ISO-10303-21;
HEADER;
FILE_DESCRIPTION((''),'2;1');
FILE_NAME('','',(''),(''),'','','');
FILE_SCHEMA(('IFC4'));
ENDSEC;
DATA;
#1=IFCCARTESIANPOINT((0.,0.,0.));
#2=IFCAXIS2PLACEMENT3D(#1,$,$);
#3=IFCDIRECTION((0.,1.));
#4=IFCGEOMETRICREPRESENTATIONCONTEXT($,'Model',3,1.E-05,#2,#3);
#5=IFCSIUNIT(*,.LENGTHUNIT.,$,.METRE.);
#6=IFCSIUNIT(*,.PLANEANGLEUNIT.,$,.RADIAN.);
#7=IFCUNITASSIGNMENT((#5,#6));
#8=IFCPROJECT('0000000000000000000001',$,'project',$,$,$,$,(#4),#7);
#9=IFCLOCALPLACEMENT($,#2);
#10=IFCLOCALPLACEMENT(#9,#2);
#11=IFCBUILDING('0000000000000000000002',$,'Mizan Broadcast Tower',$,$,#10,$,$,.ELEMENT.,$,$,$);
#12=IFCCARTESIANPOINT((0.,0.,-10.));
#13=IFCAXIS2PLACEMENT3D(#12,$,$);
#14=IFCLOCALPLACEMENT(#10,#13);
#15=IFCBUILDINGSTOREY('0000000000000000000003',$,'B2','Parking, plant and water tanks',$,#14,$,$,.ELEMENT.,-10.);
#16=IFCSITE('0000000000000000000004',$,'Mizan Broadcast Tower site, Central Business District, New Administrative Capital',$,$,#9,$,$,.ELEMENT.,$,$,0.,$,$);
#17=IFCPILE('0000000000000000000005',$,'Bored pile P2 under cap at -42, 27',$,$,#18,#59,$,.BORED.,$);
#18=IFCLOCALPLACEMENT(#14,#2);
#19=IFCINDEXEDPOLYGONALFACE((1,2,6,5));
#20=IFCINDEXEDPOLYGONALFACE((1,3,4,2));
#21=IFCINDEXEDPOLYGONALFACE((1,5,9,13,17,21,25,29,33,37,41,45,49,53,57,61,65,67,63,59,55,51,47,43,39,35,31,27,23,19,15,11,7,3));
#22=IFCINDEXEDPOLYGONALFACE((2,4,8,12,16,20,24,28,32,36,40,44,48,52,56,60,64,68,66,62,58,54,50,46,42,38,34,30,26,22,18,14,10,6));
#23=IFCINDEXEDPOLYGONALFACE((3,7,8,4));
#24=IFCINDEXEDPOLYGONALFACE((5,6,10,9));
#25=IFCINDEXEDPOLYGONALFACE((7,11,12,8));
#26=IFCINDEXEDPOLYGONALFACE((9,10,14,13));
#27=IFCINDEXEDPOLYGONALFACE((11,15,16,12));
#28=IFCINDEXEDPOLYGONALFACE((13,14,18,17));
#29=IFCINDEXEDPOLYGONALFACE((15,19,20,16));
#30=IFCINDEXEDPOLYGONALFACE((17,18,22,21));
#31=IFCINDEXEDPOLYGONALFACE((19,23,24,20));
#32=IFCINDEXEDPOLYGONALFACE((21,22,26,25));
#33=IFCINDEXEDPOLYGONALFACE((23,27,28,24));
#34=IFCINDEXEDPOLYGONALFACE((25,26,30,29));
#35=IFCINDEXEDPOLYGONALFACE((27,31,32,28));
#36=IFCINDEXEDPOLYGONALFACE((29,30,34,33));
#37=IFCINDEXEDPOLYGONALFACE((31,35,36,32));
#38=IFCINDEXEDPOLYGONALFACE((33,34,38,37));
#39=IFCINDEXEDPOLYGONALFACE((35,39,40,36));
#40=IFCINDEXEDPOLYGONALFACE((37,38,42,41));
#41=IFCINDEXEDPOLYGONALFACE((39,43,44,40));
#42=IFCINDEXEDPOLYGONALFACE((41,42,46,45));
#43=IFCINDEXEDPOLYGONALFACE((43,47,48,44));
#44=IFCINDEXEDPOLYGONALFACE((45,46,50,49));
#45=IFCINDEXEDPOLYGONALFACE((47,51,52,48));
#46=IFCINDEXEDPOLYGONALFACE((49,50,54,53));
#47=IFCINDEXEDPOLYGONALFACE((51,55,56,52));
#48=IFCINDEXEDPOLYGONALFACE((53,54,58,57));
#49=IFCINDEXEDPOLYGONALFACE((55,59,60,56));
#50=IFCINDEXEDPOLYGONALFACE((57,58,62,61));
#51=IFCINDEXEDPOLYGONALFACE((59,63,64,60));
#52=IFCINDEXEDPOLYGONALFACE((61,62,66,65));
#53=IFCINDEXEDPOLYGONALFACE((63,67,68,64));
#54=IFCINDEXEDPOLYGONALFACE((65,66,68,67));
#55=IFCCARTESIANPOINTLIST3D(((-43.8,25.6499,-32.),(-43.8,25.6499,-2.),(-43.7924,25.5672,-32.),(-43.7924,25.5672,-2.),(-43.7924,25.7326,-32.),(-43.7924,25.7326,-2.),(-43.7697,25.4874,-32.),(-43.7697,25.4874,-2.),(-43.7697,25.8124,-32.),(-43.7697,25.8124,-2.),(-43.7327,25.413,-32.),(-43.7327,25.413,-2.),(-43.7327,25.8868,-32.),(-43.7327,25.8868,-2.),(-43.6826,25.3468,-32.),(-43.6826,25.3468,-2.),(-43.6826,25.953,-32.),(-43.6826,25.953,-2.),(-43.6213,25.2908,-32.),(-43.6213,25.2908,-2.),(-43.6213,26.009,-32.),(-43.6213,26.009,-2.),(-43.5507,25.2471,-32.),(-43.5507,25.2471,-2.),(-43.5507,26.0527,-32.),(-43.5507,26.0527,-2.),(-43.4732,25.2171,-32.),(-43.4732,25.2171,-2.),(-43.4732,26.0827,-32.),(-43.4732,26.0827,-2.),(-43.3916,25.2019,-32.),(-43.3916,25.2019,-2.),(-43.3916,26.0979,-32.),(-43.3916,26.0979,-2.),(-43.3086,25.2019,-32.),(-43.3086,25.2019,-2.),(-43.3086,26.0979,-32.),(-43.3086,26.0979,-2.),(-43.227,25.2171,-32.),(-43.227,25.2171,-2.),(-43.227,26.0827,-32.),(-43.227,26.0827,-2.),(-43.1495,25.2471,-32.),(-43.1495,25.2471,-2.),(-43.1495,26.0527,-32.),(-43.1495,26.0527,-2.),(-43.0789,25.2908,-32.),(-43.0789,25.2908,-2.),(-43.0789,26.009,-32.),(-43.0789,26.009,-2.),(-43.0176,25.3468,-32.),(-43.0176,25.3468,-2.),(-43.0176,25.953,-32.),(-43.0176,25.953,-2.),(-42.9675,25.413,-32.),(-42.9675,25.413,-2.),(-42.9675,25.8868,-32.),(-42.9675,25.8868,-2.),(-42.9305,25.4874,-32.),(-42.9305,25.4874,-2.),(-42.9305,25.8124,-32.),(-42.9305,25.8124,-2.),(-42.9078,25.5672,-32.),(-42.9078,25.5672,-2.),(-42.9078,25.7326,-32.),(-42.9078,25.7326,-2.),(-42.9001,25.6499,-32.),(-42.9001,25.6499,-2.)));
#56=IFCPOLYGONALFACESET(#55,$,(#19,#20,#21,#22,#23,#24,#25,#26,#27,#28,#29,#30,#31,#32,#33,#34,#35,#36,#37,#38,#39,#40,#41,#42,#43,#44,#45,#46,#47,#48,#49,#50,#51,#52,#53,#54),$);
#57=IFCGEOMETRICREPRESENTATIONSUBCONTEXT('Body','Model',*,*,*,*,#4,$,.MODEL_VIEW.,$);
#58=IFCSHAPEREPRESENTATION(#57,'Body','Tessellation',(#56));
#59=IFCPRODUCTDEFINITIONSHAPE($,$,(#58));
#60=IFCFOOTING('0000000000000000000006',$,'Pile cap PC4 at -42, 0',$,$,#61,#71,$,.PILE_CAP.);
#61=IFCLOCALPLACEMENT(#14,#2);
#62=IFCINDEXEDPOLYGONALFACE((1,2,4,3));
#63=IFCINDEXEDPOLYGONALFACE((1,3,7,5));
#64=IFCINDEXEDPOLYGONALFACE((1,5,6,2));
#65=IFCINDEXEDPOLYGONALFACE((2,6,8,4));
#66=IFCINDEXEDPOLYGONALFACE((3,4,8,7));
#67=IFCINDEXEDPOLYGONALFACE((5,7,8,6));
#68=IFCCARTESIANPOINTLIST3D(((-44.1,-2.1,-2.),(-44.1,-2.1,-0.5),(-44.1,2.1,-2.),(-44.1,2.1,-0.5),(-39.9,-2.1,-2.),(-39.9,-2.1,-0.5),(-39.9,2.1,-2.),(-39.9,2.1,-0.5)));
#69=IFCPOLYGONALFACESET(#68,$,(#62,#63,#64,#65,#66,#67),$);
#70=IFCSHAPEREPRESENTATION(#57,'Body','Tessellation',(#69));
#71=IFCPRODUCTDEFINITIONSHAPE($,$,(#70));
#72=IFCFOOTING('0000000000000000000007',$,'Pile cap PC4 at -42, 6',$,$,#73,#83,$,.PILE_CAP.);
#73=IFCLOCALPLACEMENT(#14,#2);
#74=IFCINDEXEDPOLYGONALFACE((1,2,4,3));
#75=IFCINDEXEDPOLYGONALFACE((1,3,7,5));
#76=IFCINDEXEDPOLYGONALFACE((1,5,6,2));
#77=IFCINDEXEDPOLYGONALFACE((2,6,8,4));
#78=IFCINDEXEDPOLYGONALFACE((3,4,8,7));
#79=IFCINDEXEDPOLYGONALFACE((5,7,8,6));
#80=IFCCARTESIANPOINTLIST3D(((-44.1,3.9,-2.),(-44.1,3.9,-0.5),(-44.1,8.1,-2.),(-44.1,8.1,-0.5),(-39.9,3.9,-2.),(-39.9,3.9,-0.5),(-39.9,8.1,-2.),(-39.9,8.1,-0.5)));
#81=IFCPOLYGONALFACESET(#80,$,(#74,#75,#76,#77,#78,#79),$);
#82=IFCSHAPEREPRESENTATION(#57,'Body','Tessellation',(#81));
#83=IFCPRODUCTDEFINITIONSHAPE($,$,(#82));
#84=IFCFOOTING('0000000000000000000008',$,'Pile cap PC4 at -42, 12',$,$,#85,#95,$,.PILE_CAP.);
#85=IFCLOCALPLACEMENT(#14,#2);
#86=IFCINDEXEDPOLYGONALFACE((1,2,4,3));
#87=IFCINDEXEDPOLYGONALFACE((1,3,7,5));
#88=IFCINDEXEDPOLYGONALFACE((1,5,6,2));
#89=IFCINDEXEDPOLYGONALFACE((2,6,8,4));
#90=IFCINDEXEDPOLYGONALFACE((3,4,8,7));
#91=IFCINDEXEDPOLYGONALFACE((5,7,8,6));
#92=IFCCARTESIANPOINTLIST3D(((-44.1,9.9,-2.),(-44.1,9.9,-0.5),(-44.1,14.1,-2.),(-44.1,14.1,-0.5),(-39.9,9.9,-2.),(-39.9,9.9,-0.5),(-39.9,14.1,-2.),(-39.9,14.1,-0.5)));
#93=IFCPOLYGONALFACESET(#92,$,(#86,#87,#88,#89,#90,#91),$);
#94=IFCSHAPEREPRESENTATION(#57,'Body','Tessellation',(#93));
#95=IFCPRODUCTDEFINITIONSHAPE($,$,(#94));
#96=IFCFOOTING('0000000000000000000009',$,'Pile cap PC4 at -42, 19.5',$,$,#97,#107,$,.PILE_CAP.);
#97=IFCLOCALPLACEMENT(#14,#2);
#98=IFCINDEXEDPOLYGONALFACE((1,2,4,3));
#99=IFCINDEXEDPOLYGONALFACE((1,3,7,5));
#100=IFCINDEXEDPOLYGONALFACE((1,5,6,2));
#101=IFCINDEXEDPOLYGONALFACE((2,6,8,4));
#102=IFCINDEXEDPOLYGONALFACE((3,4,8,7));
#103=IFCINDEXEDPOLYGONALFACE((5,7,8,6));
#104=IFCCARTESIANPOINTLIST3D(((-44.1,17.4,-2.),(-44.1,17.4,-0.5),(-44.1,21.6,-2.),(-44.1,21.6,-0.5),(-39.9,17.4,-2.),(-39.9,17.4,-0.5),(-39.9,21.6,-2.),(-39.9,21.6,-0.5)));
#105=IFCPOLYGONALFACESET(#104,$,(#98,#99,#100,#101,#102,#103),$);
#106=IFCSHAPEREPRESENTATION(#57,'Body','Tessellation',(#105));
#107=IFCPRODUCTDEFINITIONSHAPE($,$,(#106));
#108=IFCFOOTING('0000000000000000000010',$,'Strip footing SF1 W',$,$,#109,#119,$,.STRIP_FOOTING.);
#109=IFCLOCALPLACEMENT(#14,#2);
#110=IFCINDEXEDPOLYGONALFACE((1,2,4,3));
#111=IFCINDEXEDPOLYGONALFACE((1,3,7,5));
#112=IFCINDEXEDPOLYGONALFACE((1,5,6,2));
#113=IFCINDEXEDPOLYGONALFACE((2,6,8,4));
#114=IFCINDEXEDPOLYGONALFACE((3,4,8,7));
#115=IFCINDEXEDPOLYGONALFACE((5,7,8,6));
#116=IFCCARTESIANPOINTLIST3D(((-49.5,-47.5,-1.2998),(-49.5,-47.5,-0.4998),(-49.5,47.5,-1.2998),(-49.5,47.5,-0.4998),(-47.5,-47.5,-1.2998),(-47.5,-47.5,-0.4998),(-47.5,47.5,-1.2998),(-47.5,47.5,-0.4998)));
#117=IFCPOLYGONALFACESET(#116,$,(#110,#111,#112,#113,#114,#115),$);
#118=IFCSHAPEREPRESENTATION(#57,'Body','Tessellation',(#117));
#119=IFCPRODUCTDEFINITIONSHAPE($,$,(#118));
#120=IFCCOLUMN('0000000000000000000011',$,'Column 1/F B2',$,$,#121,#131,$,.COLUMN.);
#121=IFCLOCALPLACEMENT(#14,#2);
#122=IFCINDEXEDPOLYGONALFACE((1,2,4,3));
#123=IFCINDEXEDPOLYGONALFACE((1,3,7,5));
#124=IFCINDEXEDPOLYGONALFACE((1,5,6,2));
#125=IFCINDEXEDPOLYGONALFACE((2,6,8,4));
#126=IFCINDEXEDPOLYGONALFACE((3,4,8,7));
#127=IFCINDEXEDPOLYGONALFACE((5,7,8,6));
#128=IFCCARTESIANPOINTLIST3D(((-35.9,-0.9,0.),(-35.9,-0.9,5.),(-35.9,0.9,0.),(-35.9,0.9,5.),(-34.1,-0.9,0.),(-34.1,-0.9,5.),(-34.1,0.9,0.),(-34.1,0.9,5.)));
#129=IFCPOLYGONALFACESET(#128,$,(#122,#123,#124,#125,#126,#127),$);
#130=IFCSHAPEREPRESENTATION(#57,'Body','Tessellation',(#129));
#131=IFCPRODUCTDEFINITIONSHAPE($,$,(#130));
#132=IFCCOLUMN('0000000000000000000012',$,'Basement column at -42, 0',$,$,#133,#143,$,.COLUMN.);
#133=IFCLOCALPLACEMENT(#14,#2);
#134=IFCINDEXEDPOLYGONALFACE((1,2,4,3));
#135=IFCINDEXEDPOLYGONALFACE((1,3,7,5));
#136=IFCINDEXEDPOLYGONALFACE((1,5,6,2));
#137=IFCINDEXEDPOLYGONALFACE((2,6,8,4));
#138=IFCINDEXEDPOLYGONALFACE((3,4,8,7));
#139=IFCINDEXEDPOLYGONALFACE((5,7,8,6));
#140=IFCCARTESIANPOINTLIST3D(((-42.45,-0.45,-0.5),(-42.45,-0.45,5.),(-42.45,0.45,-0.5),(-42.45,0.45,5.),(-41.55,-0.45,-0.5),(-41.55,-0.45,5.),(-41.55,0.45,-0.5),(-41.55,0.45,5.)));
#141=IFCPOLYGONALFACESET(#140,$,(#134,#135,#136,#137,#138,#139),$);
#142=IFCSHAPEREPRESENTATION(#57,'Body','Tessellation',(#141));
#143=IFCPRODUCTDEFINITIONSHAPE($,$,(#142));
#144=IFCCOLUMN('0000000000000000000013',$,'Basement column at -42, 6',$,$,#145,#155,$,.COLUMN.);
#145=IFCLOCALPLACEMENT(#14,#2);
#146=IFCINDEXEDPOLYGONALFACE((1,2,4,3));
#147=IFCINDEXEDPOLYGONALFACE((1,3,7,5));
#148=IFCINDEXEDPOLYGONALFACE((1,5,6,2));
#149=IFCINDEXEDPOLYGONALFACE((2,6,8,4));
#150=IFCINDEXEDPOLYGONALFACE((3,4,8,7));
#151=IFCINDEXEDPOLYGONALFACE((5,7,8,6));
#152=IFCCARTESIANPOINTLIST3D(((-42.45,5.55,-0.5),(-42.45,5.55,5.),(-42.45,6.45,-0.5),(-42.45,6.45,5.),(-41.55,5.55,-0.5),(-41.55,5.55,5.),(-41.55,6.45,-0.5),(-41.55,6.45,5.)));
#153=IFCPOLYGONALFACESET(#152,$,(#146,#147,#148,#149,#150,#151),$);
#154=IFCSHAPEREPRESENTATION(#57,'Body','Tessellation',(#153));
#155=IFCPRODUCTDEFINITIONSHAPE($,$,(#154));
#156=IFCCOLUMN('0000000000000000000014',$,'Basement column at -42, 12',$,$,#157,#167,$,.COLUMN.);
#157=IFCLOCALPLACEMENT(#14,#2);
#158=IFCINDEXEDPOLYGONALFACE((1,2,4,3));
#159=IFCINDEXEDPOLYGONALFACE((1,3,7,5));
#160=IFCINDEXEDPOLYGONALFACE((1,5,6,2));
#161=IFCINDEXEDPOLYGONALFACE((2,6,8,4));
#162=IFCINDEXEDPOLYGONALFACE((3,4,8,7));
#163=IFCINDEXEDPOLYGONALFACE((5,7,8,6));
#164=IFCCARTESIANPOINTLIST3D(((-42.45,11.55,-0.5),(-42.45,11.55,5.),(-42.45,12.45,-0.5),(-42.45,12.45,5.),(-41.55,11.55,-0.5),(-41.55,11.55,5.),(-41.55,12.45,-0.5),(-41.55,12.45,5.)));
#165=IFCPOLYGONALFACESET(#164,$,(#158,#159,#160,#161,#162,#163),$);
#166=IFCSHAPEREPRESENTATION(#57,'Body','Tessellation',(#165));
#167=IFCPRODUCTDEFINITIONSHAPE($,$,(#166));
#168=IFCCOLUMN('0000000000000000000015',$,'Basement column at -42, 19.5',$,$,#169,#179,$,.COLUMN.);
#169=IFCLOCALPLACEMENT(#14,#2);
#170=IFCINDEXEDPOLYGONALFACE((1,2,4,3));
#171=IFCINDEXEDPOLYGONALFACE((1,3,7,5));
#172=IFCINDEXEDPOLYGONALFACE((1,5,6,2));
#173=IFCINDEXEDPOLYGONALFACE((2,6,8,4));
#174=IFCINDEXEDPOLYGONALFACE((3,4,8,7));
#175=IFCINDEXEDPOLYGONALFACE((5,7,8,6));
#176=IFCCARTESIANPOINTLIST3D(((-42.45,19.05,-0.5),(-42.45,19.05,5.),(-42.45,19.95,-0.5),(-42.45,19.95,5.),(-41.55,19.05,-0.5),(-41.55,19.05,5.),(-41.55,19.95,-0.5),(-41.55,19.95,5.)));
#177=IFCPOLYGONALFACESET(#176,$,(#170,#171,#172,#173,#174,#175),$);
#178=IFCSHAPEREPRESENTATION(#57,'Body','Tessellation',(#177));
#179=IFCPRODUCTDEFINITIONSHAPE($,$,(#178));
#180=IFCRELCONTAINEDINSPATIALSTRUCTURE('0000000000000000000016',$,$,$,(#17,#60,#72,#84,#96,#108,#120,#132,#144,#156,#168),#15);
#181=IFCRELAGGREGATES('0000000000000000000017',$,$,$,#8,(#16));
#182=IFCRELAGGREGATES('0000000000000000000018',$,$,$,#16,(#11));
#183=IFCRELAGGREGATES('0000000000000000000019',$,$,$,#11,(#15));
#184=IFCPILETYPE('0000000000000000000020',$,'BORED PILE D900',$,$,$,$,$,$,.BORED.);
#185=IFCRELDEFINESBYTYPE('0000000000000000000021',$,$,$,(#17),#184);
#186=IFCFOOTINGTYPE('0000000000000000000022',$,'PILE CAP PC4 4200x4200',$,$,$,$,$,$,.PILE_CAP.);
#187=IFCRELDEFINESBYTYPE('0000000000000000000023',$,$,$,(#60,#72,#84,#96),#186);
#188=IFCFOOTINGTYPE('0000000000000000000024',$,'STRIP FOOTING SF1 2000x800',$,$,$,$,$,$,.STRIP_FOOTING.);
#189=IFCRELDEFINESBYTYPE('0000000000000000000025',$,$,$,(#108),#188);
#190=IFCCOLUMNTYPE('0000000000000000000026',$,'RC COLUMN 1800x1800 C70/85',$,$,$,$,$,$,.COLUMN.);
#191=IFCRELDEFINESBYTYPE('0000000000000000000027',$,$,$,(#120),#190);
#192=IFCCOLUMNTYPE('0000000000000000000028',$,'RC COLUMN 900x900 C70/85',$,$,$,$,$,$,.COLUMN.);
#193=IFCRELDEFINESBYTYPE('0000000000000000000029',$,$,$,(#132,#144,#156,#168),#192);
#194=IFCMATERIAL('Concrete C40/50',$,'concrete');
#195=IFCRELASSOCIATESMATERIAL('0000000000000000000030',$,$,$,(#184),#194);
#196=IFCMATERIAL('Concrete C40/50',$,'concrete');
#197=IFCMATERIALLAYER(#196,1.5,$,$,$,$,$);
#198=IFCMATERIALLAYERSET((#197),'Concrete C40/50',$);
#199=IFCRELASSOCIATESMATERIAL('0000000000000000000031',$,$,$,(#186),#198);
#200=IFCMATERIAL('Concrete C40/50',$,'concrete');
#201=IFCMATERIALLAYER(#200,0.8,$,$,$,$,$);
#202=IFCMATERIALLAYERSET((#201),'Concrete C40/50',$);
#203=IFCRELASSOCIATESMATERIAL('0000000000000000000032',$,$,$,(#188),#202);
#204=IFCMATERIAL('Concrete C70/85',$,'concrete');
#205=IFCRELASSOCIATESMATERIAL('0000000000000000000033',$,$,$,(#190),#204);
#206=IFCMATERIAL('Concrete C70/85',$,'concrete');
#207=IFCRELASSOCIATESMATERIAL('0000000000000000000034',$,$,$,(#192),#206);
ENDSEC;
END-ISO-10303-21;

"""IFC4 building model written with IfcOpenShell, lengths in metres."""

from ifc_helpers import new_model, si_unit, direction, frame, origin, origin_2d, place, context, subcontext, project, spatial, rectangle, circle, extrude, material, layer, layer_set, material_profile, profile_set, type_object, element, save


model = new_model("IFC4")

# Units and contexts
model_context = context("Model", 3, precision=1e-05, world=origin(), true_north=direction((0.0, 1.0)))
body_context = subcontext(model_context, "Body", "Model", "MODEL_VIEW")
ifc_project = project(units=[si_unit("LENGTHUNIT", "METRE"), si_unit("PLANEANGLEUNIT", "RADIAN")], contexts=[model_context])

# Site, building, storey
site_placement = place(None, origin())
site = spatial("IfcSite", under=ifc_project, at=site_placement, Name="Mizan Broadcast Tower site, Central Business District, New Administrative Capital", CompositionType="ELEMENT", RefElevation=0.0)
building_placement = place(site_placement, origin())
building = spatial("IfcBuilding", under=site, at=building_placement, Name="Mizan Broadcast Tower", CompositionType="ELEMENT")
storey_placement = place(building_placement, frame((0.0, 0.0, -10.0)))
storey = spatial("IfcBuildingStorey", under=building, at=storey_placement, Name="B2", Description="Parking, plant and water tanks", CompositionType="ELEMENT", Elevation=-10.0)

# Pile
ifc_material_1 = material(Name="Concrete C40/50", Category="concrete")
ifc_material_profile_1 = material_profile(ifc_material_1, circle(Radius=0.45, at=origin_2d()), Name="D900")
ifc_profile_set_1 = profile_set([ifc_material_profile_1], Name="Concrete C40/50")
pile_type_1 = type_object("IfcPileType", Name="BORED PILE D900", PredefinedType="BORED", material=ifc_profile_set_1)
for number, where, z_axis, x_axis, name in (
    (1, (-43.3501, 25.6499, -2.0), (0.0, 0.0, -1.0), (1.0, 0.0, 0.0), "Bored pile P2 under cap at -42, 27"),
):
    element("IfcPile", number, at=place(storey_placement, frame(where, z_axis=z_axis, x_axis=x_axis)), inside=storey, type_object=pile_type_1, Name=name, PredefinedType="BORED", context=body_context, shape_type="SweptSolid", body=[
        extrude(circle(Radius=0.45, at=origin_2d()), origin(), (0.0, 0.0, 1.0), 30.0),
    ])

# Footings
ifc_material_2 = material(Name="Concrete C40/50", Category="concrete")
ifc_layer_1 = layer(ifc_material_2, 1.5)
ifc_layer_set_1 = layer_set([ifc_layer_1], Name="Concrete C40/50")
footing_type_1 = type_object("IfcFootingType", Name="PILE CAP PC4 4200x4200", PredefinedType="PILE_CAP", material=ifc_layer_set_1)
for number, where, z_axis, x_axis, name in (
    (2, (-42.0, 0.0, -2.0), (0.0, 0.0, 1.0), (1.0, 0.0, 0.0), "Pile cap PC4 at -42, 0"),
    (3, (-42.0, 6.0, -2.0), (0.0, 0.0, 1.0), (1.0, 0.0, 0.0), "Pile cap PC4 at -42, 6"),
    (4, (-42.0, 12.0, -2.0), (0.0, 0.0, 1.0), (1.0, 0.0, 0.0), "Pile cap PC4 at -42, 12"),
    (5, (-42.0, 19.5, -2.0), (0.0, 0.0, 1.0), (1.0, 0.0, 0.0), "Pile cap PC4 at -42, 19.5"),
):
    element("IfcFooting", number, at=place(storey_placement, frame(where, z_axis=z_axis, x_axis=x_axis)), inside=storey, type_object=footing_type_1, Name=name, PredefinedType="PILE_CAP", context=body_context, shape_type="SweptSolid", body=[
        extrude(rectangle(XDim=4.2, YDim=4.2, at=origin_2d()), origin(), (0.0, 0.0, 1.0), 1.5),
    ])
ifc_material_3 = material(Name="Concrete C40/50", Category="concrete")
ifc_layer_2 = layer(ifc_material_3, 0.8)
ifc_layer_set_2 = layer_set([ifc_layer_2], Name="Concrete C40/50")
footing_type_2 = type_object("IfcFootingType", Name="STRIP FOOTING SF1 2000x800", PredefinedType="STRIP_FOOTING", material=ifc_layer_set_2)
footing_placement = place(storey_placement, frame((-48.5, 0.0, -1.2998), z_axis=(0.0, 0.0, 1.0), x_axis=(1.0, 0.0, 0.0)))
element("IfcFooting", 6, at=footing_placement, inside=storey, type_object=footing_type_2, Name="Strip footing SF1 W", PredefinedType="STRIP_FOOTING", context=body_context, shape_type="SweptSolid", body=[
    extrude(rectangle(XDim=2.0, YDim=95.0, at=origin_2d()), origin(), (0.0, 0.0, 1.0), 0.8),
])

# Columns
ifc_material_4 = material(Name="Concrete C70/85", Category="concrete")
ifc_material_profile_2 = material_profile(ifc_material_4, rectangle(XDim=1.8, YDim=1.8, at=origin_2d()), Name="RC 1800x1800")
ifc_profile_set_2 = profile_set([ifc_material_profile_2], Name="Concrete C70/85")
column_type_1 = type_object("IfcColumnType", Name="RC COLUMN 1800x1800 C70/85", PredefinedType="COLUMN", material=ifc_profile_set_2)
column_placement = place(storey_placement, frame((-35.0, 0.0, 0.0), z_axis=(0.0, 0.0, 1.0), x_axis=(1.0, 0.0, 0.0)))
element("IfcColumn", 7, at=column_placement, inside=storey, type_object=column_type_1, Name="Column 1/F B2", PredefinedType="COLUMN", context=body_context, shape_type="SweptSolid", body=[
    extrude(rectangle(XDim=1.8, YDim=1.8, at=origin_2d()), origin(), (0.0, 0.0, 1.0), 5.0),
])
ifc_material_5 = material(Name="Concrete C70/85", Category="concrete")
ifc_material_profile_3 = material_profile(ifc_material_5, rectangle(XDim=0.8999, YDim=0.8999, at=origin_2d()), Name="RC 900x900")
ifc_profile_set_3 = profile_set([ifc_material_profile_3], Name="Concrete C70/85")
column_type_2 = type_object("IfcColumnType", Name="RC COLUMN 900x900 C70/85", PredefinedType="COLUMN", material=ifc_profile_set_3)
for number, where, z_axis, x_axis, name in (
    (8, (-42.0, 0.0, -0.5), (0.0, 0.0, 1.0), (1.0, 0.0, 0.0), "Basement column at -42, 0"),
    (9, (-42.0, 6.0, -0.5), (0.0, 0.0, 1.0), (1.0, 0.0, 0.0), "Basement column at -42, 6"),
    (10, (-42.0, 12.0, -0.5), (0.0, 0.0, 1.0), (1.0, 0.0, 0.0), "Basement column at -42, 12"),
    (11, (-42.0, 19.5, -0.5), (0.0, 0.0, 1.0), (1.0, 0.0, 0.0), "Basement column at -42, 19.5"),
):
    element("IfcColumn", number, at=place(storey_placement, frame(where, z_axis=z_axis, x_axis=x_axis)), inside=storey, type_object=column_type_2, Name=name, PredefinedType="COLUMN", context=body_context, shape_type="SweptSolid", body=[
        extrude(rectangle(XDim=0.8999, YDim=0.8999, at=origin_2d()), origin(), (0.0, 0.0, 1.0), 5.5),
    ])

save(model, "model.ifc")
